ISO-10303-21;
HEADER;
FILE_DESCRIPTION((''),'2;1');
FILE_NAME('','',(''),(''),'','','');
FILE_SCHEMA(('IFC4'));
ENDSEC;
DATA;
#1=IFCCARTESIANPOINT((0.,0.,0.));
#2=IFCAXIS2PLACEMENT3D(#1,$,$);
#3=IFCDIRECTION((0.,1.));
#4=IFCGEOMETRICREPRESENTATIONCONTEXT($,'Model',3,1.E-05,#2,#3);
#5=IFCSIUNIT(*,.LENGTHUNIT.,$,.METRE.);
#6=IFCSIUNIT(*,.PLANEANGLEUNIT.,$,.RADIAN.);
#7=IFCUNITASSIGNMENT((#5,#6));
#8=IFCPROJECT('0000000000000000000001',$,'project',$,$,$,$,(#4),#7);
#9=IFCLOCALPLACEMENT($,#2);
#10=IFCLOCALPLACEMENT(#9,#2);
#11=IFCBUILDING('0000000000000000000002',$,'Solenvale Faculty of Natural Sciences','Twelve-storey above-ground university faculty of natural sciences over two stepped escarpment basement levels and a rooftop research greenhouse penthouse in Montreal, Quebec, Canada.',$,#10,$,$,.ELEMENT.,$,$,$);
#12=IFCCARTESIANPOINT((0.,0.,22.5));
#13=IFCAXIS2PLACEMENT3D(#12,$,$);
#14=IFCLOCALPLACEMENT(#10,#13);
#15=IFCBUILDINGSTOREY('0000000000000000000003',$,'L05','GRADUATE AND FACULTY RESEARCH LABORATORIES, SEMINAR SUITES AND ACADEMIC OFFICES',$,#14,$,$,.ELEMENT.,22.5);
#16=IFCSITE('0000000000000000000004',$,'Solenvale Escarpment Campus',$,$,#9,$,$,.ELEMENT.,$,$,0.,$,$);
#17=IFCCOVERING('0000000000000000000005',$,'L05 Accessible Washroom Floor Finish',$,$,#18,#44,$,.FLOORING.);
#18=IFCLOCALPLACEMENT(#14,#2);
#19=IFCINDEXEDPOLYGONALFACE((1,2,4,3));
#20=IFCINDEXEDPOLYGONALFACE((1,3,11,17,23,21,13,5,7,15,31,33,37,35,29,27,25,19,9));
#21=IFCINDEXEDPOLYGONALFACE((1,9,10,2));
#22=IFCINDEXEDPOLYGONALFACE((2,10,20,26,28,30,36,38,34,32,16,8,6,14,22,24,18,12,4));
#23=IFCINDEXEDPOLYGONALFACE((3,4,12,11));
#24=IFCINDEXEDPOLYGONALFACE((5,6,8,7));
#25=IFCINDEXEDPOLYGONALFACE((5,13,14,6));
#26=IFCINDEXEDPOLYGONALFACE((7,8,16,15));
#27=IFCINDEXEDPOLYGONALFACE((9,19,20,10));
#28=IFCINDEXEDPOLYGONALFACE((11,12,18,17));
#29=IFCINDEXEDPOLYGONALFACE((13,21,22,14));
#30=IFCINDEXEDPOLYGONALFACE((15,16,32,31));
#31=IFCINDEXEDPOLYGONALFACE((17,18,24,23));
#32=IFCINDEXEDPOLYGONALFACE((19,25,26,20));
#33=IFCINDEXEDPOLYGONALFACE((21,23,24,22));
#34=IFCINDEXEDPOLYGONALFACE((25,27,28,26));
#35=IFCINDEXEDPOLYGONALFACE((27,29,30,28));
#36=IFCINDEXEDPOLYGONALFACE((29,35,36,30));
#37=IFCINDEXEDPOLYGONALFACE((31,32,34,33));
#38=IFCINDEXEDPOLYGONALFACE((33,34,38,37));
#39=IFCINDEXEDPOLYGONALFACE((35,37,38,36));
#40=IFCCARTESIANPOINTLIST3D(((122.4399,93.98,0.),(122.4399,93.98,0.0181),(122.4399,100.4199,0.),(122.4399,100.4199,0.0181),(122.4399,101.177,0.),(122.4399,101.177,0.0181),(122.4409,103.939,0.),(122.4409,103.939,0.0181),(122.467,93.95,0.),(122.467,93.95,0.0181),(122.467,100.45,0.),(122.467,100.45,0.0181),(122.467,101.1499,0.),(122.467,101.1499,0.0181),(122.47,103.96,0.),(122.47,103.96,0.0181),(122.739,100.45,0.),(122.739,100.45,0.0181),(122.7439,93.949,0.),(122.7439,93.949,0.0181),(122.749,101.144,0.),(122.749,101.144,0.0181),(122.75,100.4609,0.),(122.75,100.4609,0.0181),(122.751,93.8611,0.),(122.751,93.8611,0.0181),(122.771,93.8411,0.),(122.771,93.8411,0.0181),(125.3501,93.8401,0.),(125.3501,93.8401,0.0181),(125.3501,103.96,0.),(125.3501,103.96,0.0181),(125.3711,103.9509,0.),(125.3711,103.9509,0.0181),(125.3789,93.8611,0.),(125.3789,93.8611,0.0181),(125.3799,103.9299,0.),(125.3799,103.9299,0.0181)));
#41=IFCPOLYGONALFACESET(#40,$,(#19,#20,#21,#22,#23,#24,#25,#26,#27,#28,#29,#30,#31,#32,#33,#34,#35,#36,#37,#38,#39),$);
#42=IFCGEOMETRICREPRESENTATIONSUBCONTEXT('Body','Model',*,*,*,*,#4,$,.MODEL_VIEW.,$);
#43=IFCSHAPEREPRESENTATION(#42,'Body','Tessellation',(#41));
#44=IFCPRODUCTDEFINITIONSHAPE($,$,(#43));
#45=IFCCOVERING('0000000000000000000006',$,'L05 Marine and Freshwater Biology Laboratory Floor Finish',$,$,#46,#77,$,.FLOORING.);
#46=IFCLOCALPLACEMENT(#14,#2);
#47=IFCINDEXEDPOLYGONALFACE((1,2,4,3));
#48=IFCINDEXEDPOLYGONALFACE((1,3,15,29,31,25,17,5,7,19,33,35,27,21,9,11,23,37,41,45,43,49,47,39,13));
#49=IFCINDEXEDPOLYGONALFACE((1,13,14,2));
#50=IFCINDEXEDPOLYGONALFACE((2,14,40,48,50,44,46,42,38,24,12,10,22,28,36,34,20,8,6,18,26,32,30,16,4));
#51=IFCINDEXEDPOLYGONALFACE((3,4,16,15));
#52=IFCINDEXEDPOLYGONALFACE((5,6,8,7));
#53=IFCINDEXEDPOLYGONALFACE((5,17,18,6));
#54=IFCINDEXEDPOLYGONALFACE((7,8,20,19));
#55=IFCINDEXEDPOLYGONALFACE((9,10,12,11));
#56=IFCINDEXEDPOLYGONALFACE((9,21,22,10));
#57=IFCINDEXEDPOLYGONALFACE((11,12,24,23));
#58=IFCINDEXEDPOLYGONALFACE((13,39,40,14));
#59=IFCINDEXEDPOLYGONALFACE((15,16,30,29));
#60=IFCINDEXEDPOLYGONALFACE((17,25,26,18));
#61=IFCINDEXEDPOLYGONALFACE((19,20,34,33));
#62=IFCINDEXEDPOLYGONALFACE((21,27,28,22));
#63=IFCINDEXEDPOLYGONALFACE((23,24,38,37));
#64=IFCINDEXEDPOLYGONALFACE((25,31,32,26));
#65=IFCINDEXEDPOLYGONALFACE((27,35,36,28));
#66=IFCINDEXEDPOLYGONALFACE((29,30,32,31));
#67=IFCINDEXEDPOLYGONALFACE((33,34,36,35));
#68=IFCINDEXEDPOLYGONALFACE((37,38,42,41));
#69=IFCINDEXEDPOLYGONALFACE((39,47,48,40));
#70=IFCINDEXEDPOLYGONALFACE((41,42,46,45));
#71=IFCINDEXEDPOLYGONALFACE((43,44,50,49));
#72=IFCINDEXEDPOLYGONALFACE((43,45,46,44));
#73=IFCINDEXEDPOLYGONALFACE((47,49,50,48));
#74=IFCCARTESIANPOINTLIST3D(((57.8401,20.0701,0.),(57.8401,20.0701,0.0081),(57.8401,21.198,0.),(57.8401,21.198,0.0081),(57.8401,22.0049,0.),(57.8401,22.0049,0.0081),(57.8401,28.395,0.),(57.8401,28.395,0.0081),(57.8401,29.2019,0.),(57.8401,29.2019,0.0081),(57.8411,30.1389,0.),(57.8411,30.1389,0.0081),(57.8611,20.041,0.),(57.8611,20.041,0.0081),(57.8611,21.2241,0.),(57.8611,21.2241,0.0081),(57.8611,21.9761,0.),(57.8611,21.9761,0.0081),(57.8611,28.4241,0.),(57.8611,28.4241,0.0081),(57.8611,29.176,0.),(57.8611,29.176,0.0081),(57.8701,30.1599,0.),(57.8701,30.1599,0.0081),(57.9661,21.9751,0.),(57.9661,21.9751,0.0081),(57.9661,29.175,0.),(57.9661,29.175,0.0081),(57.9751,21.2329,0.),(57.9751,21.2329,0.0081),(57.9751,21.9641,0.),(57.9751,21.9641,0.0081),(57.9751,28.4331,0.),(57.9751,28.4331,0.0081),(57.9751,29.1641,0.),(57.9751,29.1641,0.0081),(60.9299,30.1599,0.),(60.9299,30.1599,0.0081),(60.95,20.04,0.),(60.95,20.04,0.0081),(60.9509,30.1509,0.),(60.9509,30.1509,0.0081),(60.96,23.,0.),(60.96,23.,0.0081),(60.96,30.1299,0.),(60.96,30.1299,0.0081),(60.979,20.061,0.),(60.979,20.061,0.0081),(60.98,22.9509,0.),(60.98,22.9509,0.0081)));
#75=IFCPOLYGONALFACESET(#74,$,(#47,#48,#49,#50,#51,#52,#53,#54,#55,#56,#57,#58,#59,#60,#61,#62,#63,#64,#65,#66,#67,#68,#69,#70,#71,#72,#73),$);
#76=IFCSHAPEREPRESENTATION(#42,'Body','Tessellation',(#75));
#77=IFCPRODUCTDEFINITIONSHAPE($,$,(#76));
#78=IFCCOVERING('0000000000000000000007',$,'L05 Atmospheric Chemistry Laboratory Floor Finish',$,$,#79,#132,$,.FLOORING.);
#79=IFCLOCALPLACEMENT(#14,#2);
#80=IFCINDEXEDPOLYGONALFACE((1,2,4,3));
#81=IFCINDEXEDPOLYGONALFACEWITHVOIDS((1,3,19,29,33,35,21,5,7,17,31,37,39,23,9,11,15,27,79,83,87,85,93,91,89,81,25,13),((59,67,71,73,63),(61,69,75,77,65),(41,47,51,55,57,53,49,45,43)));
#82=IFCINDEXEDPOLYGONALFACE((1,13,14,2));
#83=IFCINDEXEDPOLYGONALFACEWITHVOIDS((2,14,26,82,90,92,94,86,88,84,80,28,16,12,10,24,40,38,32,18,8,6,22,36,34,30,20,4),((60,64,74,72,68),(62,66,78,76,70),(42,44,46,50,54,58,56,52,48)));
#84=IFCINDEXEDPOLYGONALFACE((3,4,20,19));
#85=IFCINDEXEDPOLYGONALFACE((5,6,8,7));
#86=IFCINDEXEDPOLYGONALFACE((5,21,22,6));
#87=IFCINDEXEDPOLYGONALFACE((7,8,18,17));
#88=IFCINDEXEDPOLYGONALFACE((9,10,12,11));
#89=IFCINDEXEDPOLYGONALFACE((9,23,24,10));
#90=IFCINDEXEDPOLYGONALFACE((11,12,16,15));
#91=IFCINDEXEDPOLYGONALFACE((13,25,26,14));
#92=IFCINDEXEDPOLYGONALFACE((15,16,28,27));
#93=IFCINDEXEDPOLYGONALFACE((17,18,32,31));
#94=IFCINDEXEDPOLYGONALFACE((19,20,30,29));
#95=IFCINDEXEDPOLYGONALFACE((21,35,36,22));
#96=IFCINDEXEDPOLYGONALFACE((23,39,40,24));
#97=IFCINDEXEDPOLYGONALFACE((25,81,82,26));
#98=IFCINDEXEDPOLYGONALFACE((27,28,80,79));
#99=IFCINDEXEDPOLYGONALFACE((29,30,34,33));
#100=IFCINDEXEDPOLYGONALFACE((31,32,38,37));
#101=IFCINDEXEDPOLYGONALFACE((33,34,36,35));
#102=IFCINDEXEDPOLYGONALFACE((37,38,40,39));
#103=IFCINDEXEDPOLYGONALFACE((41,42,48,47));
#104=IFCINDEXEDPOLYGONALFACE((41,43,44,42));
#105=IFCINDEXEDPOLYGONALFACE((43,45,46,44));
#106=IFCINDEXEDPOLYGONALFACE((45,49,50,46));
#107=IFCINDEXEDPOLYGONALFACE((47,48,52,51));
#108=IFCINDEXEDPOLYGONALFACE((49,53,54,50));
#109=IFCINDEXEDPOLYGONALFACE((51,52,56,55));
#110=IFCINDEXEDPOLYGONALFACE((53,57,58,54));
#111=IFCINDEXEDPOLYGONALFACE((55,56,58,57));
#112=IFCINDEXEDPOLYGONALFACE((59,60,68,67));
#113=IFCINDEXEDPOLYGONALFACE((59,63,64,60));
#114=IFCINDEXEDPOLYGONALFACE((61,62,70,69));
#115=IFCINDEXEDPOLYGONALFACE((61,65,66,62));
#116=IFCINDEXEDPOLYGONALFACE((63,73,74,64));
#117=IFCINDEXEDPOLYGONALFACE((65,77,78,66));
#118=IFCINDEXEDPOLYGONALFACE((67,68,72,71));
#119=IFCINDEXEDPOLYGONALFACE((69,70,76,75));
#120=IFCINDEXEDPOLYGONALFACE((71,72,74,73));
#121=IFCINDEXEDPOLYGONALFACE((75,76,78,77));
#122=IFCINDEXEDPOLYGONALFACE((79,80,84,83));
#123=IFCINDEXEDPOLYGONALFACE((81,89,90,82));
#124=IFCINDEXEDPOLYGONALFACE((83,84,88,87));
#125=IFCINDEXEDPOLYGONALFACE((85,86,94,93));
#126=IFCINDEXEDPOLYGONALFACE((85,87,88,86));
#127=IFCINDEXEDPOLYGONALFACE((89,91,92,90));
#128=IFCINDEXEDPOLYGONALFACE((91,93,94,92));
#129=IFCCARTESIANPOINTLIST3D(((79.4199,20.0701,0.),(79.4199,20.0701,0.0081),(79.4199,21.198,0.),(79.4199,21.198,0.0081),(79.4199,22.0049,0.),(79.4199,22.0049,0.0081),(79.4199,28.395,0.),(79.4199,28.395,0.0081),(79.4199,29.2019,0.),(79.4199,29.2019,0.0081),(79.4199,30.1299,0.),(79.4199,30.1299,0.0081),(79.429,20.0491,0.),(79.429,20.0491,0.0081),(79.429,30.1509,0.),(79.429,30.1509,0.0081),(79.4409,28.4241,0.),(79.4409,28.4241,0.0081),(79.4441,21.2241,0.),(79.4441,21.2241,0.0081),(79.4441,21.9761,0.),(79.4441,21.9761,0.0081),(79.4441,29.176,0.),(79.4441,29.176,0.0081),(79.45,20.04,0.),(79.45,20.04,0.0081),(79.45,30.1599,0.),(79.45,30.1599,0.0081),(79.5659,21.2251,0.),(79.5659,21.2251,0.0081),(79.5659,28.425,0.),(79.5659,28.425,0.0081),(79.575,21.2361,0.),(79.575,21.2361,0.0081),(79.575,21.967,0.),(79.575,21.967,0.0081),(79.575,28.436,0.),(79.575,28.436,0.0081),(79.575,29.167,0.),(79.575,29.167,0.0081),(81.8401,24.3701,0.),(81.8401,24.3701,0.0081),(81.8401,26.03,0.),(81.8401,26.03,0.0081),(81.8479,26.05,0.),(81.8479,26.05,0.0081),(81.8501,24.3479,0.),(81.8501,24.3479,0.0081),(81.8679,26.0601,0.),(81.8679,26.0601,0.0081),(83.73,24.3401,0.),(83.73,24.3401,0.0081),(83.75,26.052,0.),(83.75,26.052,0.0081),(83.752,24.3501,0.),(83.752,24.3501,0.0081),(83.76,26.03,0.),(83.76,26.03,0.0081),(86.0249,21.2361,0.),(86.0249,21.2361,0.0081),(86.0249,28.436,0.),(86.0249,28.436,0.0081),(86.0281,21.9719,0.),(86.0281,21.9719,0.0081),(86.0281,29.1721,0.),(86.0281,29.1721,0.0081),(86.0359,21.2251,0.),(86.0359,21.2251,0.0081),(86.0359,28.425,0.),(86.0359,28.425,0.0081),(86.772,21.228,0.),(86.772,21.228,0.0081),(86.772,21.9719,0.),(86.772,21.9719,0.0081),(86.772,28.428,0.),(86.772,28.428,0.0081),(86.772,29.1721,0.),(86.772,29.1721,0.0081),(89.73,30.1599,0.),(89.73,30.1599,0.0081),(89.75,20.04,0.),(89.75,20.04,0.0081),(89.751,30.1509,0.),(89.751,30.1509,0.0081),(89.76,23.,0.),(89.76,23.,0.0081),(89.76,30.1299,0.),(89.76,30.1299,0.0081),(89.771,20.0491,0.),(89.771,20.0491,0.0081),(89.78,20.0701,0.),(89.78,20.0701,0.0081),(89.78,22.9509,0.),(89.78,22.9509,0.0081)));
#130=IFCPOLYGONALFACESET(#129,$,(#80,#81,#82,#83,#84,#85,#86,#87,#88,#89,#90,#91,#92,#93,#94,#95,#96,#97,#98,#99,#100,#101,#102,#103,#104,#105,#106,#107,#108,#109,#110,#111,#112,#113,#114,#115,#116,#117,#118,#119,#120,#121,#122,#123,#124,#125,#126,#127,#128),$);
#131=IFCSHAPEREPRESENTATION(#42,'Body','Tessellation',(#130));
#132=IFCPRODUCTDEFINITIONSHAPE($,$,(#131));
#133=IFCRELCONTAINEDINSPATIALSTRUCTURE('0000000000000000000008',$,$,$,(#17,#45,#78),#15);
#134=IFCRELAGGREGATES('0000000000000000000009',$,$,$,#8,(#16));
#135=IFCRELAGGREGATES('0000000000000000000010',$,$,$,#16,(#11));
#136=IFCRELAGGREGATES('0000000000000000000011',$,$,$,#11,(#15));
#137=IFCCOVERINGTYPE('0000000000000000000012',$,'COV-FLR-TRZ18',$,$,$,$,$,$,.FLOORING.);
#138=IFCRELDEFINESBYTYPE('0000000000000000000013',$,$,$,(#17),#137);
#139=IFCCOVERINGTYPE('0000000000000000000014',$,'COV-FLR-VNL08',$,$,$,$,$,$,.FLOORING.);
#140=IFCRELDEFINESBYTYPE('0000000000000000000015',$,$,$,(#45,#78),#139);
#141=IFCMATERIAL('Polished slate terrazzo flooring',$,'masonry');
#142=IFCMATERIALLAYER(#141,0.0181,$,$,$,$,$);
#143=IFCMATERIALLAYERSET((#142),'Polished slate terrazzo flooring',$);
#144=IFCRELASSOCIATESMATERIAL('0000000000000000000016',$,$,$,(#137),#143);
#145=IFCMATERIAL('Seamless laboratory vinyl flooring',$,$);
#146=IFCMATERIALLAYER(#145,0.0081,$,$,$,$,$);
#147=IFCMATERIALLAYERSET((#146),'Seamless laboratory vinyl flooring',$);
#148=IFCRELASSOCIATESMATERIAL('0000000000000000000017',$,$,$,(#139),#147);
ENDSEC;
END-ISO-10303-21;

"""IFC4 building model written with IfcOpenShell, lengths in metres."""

from ifc_helpers import new_model, si_unit, direction, frame, origin, place, context, subcontext, project, spatial, polyline, outline, extrude, material, layer, layer_set, type_object, element, save


model = new_model("IFC4")

# Units and contexts
model_context = context("Model", 3, precision=1e-05, world=origin(), true_north=direction((0.0, 1.0)))
body_context = subcontext(model_context, "Body", "Model", "MODEL_VIEW")
ifc_project = project(units=[si_unit("LENGTHUNIT", "METRE"), si_unit("PLANEANGLEUNIT", "RADIAN")], contexts=[model_context])

# Site, building, storey
site_placement = place(None, origin())
site = spatial("IfcSite", under=ifc_project, at=site_placement, Name="Solenvale Escarpment Campus", CompositionType="ELEMENT", RefElevation=0.0)
building_placement = place(site_placement, origin())
building = spatial("IfcBuilding", under=site, at=building_placement, Name="Solenvale Faculty of Natural Sciences", Description="Twelve-storey above-ground university faculty of natural sciences over two stepped escarpment basement levels and a rooftop research greenhouse penthouse in Montreal, Quebec, Canada.", CompositionType="ELEMENT")
storey_placement = place(building_placement, frame((0.0, 0.0, 22.5)))
storey = spatial("IfcBuildingStorey", under=building, at=storey_placement, Name="L05", Description="GRADUATE AND FACULTY RESEARCH LABORATORIES, SEMINAR SUITES AND ACADEMIC OFFICES", CompositionType="ELEMENT", Elevation=22.5)

# Coverings
ifc_material_1 = material(Name="Polished slate terrazzo flooring", Category="masonry")
ifc_layer_1 = layer(ifc_material_1, 0.0181)
ifc_layer_set_1 = layer_set([ifc_layer_1], Name="Polished slate terrazzo flooring")
covering_type_1 = type_object("IfcCoveringType", Name="COV-FLR-TRZ18", PredefinedType="FLOORING", material=ifc_layer_set_1)
covering_1_placement = place(storey_placement, origin())
element("IfcCovering", 1, at=covering_1_placement, inside=storey, type_object=covering_type_1, Name="L05 Accessible Washroom Floor Finish", PredefinedType="FLOORING", context=body_context, shape_type="SweptSolid", body=[
    extrude(outline(polyline([(125.3501, 103.96), (125.3711, 103.9509), (125.3799, 103.9299), (125.3789, 93.8611), (125.3501, 93.8401), (122.771, 93.8411), (122.751, 93.8611), (122.7439, 93.949), (122.467, 93.95), (122.4399, 93.98), (122.4399, 100.4199), (122.467, 100.45), (122.739, 100.45), (122.75, 100.4609), (122.749, 101.144), (122.467, 101.1499), (122.4399, 101.177), (122.4409, 103.939), (122.47, 103.96), (125.3501, 103.96)])), origin(), (0.0, 0.0, 1.0), 0.0181),
])
ifc_material_2 = material(Name="Seamless laboratory vinyl flooring")
ifc_layer_2 = layer(ifc_material_2, 0.0081)
ifc_layer_set_2 = layer_set([ifc_layer_2], Name="Seamless laboratory vinyl flooring")
covering_type_2 = type_object("IfcCoveringType", Name="COV-FLR-VNL08", PredefinedType="FLOORING", material=ifc_layer_set_2)
covering_2_placement = place(storey_placement, origin())
element("IfcCovering", 2, at=covering_2_placement, inside=storey, type_object=covering_type_2, Name="L05 Marine and Freshwater Biology Laboratory Floor Finish", PredefinedType="FLOORING", context=body_context, shape_type="SweptSolid", body=[
    extrude(outline(polyline([(60.9299, 30.1599), (60.9509, 30.1509), (60.96, 30.1299), (60.96, 23.0), (60.98, 22.9509), (60.979, 20.061), (60.95, 20.04), (57.8611, 20.041), (57.8401, 20.0701), (57.8401, 21.198), (57.8611, 21.2241), (57.9751, 21.2329), (57.9751, 21.9641), (57.9661, 21.9751), (57.8611, 21.9761), (57.8401, 22.0049), (57.8401, 28.395), (57.8611, 28.4241), (57.9751, 28.4331), (57.9751, 29.1641), (57.9661, 29.175), (57.8611, 29.176), (57.8401, 29.2019), (57.8411, 30.1389), (57.8701, 30.1599), (60.9299, 30.1599)])), origin(), (0.0, 0.0, 1.0), 0.0081),
])
covering_3_placement = place(storey_placement, origin())
element("IfcCovering", 3, at=covering_3_placement, inside=storey, type_object=covering_type_2, Name="L05 Atmospheric Chemistry Laboratory Floor Finish", PredefinedType="FLOORING", context=body_context, shape_type="SweptSolid", body=[
    extrude(outline(polyline([(89.73, 30.1599), (89.751, 30.1509), (89.76, 30.1299), (89.76, 23.0), (89.78, 22.9509), (89.78, 20.0701), (89.771, 20.0491), (89.75, 20.04), (79.45, 20.04), (79.429, 20.0491), (79.4199, 20.0701), (79.4199, 21.198), (79.4441, 21.2241), (79.5659, 21.2251), (79.575, 21.2361), (79.575, 21.967), (79.4441, 21.9761), (79.4199, 22.0049), (79.4199, 28.395), (79.4409, 28.4241), (79.5659, 28.425), (79.575, 28.436), (79.575, 29.167), (79.4441, 29.176), (79.4199, 29.2019), (79.4199, 30.1299), (79.429, 30.1509), (79.45, 30.1599), (89.73, 30.1599)]), holes=[polyline([(86.0249, 21.2361), (86.0359, 21.2251), (86.772, 21.228), (86.772, 21.9719), (86.0281, 21.9719), (86.0249, 21.2361)]), polyline([(86.0249, 28.436), (86.0359, 28.425), (86.772, 28.428), (86.772, 29.1721), (86.0281, 29.1721), (86.0249, 28.436)]), polyline([(81.8679, 26.0601), (81.8479, 26.05), (81.8401, 26.03), (81.8401, 24.3701), (81.8501, 24.3479), (83.73, 24.3401), (83.752, 24.3501), (83.76, 26.03), (83.75, 26.052), (81.8679, 26.0601)])]), origin(), (0.0, 0.0, 1.0), 0.0081),
])

save(model, "model.ifc")
